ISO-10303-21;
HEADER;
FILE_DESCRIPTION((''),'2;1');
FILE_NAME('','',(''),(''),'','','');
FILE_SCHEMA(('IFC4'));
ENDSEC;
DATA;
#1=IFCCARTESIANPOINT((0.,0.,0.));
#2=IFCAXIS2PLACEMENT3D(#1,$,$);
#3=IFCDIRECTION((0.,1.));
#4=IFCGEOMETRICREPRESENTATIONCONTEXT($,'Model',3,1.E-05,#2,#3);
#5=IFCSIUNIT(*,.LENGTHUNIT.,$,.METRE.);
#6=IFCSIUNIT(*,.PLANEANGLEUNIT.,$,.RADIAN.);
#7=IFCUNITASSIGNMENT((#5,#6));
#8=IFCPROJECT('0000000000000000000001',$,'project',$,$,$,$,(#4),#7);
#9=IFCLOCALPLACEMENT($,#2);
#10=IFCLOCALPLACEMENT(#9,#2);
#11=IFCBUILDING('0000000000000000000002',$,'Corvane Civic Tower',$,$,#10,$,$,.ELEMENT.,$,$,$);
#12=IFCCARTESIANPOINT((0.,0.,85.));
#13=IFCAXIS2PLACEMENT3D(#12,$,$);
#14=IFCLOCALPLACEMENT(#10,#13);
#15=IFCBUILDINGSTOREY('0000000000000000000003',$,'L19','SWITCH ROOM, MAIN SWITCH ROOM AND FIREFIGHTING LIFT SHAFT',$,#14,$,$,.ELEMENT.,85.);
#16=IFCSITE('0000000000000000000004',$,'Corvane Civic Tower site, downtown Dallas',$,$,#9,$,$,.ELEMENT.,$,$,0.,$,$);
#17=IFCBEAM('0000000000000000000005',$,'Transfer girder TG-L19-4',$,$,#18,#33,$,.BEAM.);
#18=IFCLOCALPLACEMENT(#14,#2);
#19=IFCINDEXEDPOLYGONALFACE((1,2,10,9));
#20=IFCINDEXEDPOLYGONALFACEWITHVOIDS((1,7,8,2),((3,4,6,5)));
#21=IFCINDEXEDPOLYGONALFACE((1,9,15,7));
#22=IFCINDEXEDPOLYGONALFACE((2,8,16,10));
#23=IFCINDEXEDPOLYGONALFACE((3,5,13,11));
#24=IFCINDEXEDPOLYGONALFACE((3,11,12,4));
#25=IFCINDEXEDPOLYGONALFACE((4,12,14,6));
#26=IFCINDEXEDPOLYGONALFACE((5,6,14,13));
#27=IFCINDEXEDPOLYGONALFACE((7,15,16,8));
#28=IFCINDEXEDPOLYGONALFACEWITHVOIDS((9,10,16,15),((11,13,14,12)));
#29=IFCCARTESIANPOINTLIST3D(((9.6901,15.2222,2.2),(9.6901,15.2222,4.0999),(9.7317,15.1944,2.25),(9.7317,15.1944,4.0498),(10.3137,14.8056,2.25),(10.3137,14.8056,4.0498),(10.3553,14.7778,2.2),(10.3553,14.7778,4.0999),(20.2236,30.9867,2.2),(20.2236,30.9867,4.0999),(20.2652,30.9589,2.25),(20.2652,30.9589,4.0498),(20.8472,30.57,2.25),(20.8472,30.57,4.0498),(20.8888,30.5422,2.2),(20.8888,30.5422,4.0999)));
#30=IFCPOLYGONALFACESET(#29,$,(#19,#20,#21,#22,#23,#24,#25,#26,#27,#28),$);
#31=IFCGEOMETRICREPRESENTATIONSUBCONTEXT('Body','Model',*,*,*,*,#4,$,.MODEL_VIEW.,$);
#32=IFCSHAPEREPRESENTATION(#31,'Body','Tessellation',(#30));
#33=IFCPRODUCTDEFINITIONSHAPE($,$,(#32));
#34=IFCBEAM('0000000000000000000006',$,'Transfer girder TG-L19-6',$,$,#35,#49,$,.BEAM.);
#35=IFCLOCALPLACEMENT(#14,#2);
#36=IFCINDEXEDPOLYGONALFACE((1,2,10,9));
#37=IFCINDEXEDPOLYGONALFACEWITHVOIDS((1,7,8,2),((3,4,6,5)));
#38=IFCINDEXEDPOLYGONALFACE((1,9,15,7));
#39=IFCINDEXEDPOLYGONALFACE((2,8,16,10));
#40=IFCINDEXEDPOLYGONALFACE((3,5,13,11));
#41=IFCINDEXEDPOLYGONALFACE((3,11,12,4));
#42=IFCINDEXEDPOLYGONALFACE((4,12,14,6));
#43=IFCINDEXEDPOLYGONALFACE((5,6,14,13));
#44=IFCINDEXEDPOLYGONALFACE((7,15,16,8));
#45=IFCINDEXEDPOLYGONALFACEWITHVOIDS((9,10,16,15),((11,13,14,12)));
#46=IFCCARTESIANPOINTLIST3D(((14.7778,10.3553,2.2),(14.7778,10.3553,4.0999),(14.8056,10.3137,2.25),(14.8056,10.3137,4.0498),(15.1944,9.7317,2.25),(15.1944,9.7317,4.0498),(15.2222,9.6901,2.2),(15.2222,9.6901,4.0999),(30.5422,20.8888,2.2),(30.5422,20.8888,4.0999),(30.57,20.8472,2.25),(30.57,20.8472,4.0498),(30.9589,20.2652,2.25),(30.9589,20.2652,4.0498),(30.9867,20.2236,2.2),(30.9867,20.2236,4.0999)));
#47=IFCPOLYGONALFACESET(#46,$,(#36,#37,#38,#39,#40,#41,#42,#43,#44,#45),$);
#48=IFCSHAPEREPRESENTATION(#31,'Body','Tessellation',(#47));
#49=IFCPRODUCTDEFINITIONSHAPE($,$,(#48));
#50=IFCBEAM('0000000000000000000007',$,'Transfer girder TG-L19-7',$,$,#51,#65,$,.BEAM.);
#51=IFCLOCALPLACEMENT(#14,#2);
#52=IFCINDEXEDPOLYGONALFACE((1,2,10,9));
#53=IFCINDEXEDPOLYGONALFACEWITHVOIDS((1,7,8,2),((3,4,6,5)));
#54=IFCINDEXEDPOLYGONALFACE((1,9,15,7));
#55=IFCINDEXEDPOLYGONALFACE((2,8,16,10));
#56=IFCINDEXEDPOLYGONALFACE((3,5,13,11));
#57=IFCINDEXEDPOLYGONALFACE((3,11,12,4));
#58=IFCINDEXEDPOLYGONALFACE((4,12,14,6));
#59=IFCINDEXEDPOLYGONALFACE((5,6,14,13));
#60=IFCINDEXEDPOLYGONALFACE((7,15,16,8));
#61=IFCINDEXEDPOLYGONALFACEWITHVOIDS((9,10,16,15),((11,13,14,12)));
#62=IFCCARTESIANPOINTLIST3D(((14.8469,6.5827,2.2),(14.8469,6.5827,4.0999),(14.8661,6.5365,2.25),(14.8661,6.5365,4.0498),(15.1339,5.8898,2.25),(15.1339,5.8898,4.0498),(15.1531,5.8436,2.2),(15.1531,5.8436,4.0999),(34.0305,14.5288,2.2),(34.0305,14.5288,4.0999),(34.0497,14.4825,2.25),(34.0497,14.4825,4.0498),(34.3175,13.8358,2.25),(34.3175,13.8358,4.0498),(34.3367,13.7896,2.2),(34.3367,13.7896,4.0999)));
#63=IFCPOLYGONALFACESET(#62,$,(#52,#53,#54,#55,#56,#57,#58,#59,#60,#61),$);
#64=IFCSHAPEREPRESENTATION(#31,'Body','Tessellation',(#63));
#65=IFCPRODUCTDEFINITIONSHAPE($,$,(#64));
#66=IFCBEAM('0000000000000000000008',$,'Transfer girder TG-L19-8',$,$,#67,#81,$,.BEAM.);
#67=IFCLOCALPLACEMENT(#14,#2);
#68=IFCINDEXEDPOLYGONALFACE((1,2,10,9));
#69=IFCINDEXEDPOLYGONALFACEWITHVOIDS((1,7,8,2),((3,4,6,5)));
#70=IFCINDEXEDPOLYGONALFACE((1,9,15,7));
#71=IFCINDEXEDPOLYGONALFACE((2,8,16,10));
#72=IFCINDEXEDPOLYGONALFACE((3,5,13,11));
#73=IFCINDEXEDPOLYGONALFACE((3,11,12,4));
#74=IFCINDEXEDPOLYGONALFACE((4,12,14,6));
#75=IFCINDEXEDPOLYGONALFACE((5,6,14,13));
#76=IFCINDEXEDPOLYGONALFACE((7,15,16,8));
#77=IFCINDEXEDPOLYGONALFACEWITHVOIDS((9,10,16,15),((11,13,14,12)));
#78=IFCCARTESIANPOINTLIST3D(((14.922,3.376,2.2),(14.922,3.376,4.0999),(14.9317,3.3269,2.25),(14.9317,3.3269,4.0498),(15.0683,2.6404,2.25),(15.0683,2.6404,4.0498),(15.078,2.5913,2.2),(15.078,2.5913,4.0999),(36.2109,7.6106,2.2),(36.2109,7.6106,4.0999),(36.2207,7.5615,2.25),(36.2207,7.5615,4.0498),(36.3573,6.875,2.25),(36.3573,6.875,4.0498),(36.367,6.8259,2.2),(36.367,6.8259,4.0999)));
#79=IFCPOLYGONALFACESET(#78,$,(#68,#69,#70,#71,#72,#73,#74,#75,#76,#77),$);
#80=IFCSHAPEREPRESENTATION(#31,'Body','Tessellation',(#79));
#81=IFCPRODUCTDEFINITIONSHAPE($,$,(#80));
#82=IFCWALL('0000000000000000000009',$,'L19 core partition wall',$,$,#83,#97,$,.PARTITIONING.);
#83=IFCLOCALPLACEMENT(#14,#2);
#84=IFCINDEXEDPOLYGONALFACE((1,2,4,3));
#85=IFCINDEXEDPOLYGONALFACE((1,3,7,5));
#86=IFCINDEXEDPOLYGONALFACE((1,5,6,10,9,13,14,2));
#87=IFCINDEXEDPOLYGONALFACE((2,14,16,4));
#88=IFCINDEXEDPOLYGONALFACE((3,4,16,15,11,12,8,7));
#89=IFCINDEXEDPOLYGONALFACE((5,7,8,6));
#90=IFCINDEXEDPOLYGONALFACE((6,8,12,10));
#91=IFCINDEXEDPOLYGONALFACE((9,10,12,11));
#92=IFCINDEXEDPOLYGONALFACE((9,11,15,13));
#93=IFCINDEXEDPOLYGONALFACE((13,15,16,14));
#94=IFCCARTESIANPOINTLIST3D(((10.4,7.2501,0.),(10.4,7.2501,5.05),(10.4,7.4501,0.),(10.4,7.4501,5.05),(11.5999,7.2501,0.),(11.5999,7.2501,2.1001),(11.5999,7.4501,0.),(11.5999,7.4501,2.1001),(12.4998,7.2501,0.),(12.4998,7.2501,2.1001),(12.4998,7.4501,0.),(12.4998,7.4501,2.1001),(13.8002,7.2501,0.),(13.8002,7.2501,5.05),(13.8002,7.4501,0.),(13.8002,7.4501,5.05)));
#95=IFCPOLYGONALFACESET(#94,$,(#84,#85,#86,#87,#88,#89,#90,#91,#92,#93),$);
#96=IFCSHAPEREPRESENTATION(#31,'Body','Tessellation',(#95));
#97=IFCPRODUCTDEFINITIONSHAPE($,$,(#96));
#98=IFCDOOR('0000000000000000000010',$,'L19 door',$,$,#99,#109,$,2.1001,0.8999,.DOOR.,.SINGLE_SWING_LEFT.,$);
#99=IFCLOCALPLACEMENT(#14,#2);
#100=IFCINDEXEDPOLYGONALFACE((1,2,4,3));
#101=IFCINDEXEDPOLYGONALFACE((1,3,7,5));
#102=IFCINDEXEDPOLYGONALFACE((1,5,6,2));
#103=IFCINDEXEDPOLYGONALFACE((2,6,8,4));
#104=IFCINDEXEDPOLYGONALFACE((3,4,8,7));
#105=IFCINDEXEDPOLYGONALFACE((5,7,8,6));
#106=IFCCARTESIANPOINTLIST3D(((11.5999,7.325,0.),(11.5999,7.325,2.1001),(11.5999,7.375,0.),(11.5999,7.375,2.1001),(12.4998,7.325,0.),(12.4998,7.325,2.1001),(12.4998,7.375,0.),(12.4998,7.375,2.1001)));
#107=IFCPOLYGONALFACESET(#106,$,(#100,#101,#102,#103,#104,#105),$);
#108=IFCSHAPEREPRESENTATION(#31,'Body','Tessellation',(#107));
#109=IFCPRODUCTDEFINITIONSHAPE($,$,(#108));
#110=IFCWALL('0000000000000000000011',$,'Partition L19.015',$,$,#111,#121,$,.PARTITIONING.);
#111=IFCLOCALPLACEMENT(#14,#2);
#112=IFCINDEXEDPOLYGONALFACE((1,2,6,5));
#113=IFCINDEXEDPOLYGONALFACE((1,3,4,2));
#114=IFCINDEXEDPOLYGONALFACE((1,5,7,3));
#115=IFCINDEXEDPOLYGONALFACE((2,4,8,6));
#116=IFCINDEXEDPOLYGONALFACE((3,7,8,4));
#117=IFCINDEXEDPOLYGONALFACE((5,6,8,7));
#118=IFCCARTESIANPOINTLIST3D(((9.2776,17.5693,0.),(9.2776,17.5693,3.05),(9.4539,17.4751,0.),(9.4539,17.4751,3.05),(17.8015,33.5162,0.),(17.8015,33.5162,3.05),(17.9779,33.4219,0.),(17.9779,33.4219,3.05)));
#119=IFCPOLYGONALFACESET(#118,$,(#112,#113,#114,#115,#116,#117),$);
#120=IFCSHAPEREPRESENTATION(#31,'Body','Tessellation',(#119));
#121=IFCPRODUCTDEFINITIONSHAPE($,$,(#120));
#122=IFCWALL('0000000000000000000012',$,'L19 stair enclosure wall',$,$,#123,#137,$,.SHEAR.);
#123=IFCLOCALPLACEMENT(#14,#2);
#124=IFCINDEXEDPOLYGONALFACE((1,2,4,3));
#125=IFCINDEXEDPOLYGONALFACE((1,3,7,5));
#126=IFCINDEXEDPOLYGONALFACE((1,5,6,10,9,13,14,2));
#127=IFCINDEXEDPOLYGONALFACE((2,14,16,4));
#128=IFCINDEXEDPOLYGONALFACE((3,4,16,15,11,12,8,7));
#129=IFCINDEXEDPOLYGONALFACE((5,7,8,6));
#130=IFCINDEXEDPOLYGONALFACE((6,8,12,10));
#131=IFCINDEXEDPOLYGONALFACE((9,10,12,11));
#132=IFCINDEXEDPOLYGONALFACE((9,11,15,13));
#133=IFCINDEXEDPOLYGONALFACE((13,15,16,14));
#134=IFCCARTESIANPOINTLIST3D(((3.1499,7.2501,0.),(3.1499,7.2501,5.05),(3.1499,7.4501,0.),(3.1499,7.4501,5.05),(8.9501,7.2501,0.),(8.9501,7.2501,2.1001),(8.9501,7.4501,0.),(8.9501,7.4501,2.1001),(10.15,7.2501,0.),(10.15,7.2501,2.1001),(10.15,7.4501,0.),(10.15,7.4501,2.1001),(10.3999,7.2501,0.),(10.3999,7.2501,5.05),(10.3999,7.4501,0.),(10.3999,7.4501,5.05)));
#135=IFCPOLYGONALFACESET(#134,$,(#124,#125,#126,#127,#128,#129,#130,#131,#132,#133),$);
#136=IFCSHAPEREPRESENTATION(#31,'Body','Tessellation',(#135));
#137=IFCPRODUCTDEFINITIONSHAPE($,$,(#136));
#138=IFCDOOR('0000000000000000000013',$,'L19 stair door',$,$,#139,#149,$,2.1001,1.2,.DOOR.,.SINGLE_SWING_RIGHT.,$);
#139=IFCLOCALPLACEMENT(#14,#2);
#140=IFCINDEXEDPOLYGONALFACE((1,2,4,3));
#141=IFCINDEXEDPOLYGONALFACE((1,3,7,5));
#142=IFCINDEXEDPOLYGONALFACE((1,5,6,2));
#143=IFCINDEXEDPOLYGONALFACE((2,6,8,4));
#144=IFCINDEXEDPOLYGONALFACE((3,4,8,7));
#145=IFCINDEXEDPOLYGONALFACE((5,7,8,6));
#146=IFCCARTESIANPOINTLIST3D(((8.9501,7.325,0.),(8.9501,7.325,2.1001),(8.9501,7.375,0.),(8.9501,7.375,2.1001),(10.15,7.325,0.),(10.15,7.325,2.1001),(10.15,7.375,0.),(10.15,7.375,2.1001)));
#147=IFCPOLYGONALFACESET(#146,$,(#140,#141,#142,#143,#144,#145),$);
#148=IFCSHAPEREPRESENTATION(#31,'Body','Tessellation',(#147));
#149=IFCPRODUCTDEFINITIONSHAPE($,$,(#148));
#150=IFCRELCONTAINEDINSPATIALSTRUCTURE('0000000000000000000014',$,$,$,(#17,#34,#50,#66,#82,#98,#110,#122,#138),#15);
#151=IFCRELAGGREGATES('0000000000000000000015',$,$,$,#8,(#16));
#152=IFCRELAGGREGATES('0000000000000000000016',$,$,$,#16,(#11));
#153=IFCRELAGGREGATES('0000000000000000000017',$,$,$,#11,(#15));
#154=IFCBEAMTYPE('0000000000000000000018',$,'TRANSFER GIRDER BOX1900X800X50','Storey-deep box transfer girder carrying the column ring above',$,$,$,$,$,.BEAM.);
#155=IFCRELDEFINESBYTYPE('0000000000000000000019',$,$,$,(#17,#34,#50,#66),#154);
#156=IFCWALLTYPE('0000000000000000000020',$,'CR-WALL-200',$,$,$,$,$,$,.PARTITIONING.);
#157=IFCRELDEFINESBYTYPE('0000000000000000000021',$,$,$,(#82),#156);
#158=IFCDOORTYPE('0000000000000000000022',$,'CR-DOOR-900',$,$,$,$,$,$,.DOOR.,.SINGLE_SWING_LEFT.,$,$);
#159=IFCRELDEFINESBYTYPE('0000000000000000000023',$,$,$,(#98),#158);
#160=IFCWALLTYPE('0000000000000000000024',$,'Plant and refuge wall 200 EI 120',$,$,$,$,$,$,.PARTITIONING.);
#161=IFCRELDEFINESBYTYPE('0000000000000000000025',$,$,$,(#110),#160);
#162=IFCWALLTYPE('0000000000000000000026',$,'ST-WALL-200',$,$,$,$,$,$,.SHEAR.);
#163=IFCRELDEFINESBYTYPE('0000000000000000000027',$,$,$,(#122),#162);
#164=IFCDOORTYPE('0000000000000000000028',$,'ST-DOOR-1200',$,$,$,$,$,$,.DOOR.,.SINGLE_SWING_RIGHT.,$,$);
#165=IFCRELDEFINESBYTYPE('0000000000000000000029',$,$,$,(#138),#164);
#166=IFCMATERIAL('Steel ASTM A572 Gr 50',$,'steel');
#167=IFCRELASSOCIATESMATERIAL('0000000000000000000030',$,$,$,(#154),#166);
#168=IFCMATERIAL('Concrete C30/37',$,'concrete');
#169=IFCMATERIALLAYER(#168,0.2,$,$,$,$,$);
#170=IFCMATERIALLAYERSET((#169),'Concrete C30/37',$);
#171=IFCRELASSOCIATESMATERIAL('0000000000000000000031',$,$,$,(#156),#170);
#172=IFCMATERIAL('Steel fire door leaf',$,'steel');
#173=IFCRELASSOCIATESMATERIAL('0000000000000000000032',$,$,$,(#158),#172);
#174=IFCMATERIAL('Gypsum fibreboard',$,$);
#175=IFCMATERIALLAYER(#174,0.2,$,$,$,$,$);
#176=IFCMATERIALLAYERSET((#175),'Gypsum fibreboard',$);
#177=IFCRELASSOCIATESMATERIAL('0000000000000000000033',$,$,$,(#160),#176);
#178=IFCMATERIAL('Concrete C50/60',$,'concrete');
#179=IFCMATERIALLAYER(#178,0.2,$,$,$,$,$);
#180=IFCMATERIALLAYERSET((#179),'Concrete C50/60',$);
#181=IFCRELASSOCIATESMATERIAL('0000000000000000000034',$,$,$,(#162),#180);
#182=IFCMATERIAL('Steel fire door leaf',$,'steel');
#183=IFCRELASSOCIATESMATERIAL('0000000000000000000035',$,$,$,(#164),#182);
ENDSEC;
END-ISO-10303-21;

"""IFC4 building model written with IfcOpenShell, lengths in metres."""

from ifc_helpers import new_model, si_unit, direction, frame, frame_2d, origin, origin_2d, place, context, subcontext, project, spatial, rectangle, hollow_rectangle, extrude, material, layer, layer_set, material_profile, profile_set, type_object, element, fill, save


model = new_model("IFC4")

# Units and contexts
model_context = context("Model", 3, precision=1e-05, world=origin(), true_north=direction((0.0, 1.0)))
body_context = subcontext(model_context, "Body", "Model", "MODEL_VIEW")
ifc_project = project(units=[si_unit("LENGTHUNIT", "METRE"), si_unit("PLANEANGLEUNIT", "RADIAN")], contexts=[model_context])

# Site, building, storey
site_placement = place(None, origin())
site = spatial("IfcSite", under=ifc_project, at=site_placement, Name="Corvane Civic Tower site, downtown Dallas", CompositionType="ELEMENT", RefElevation=0.0)
building_placement = place(site_placement, origin())
building = spatial("IfcBuilding", under=site, at=building_placement, Name="Corvane Civic Tower", CompositionType="ELEMENT")
storey_placement = place(building_placement, frame((0.0, 0.0, 85.0)))
storey = spatial("IfcBuildingStorey", under=building, at=storey_placement, Name="L19", Description="SWITCH ROOM, MAIN SWITCH ROOM AND FIREFIGHTING LIFT SHAFT", CompositionType="ELEMENT", Elevation=85.0)

# Beams
ifc_material_1 = material(Name="Steel ASTM A572 Gr 50", Category="steel")
ifc_material_profile_1 = material_profile(ifc_material_1, hollow_rectangle(XDim=0.8, YDim=1.8999, WallThickness=0.05, at=origin_2d()), Name="BOX1900X800X50")
ifc_profile_set_1 = profile_set([ifc_material_profile_1], Name="Steel ASTM A572 Gr 50")
beam_type_1 = type_object("IfcBeamType", Name="TRANSFER GIRDER BOX1900X800X50", Description="Storey-deep box transfer girder carrying the column ring above", PredefinedType="BEAM", material=ifc_profile_set_1)
for number, where, z_axis, x_axis, name in (
    (1, (10.0227, 15.0, 3.1499), (0.555571, 0.831469, 0.0), (-0.831469, 0.555571, 0.0), "Transfer girder TG-L19-4"),
    (2, (15.0, 10.0227, 3.1499), (0.831469, 0.555571, 0.0), (-0.555571, 0.831469, 0.0), "Transfer girder TG-L19-6"),
):
    element("IfcBeam", number, at=place(storey_placement, frame(where, z_axis=z_axis, x_axis=x_axis)), inside=storey, type_object=beam_type_1, Name=name, PredefinedType="BEAM", context=body_context, shape_type="SweptSolid", body=[
        extrude(hollow_rectangle(XDim=0.8, YDim=1.8999, WallThickness=0.05, at=origin_2d()), origin(), (0.0, 0.0, 1.0), 18.9597),
    ])
beam_1_placement = place(storey_placement, frame((15.0, 6.2131, 3.1499), z_axis=(0.923881, 0.382681, 0.0), x_axis=(-0.382681, 0.923881, 0.0)))
element("IfcBeam", 3, at=beam_1_placement, inside=storey, type_object=beam_type_1, Name="Transfer girder TG-L19-7", PredefinedType="BEAM", context=body_context, shape_type="SweptSolid", body=[
    extrude(hollow_rectangle(XDim=0.8, YDim=1.8999, WallThickness=0.05, at=origin_2d()), origin(), (0.0, 0.0, 1.0), 20.7642),
])
beam_2_placement = place(storey_placement, frame((15.0, 2.9836, 3.1499), z_axis=(0.980786, 0.195089, 0.0), x_axis=(-0.195089, 0.980786, 0.0)))
element("IfcBeam", 4, at=beam_2_placement, inside=storey, type_object=beam_type_1, Name="Transfer girder TG-L19-8", PredefinedType="BEAM", context=body_context, shape_type="SweptSolid", body=[
    extrude(hollow_rectangle(XDim=0.8, YDim=1.8999, WallThickness=0.05, at=origin_2d()), origin(), (0.0, 0.0, 1.0), 21.7061),
])

# Wall, opening, door
ifc_material_2 = material(Name="Concrete C30/37", Category="concrete")
ifc_layer_1 = layer(ifc_material_2, 0.2)
ifc_layer_set_1 = layer_set([ifc_layer_1], Name="Concrete C30/37")
wall_type_1 = type_object("IfcWallType", Name="CR-WALL-200", PredefinedType="PARTITIONING", material=ifc_layer_set_1)
wall_1_placement = place(storey_placement, frame((10.3999, 7.3501, 0.0), z_axis=(0.0, 0.0, 1.0), x_axis=(1.0, 0.0, 0.0)))
wall_1 = element("IfcWall", 5, at=wall_1_placement, inside=storey, type_object=wall_type_1, Name="L19 core partition wall", PredefinedType="PARTITIONING", context=body_context, shape_type="SweptSolid", body=[
    extrude(rectangle(XDim=3.4001, YDim=0.2, at=frame_2d((1.7002, 0.0))), origin(), (0.0, 0.0, 1.0), 5.05),
])
opening_1_placement = place(wall_1_placement, frame((1.2, 0.0, 0.0)))
opening_1 = element("IfcOpeningElement", 6, at=opening_1_placement, cuts=wall_1, PredefinedType="OPENING", context=body_context, shape_type="SweptSolid", body=[
    extrude(rectangle(XDim=0.8999, YDim=2.1001, at=frame_2d((0.45, 1.05))), frame((0.0, 0.1099, 0.0), z_axis=(0.0, -1.0, 0.0), x_axis=(1.0, 0.0, 0.0)), (0.0, 0.0, 1.0), 0.22),
])
ifc_material_3 = material(Name="Steel fire door leaf", Category="steel")
door_type_1 = type_object("IfcDoorType", Name="CR-DOOR-900", OperationType="SINGLE_SWING_LEFT", PredefinedType="DOOR", material=ifc_material_3)
door_1_placement = place(opening_1_placement, origin())
door_1 = element("IfcDoor", 7, at=door_1_placement, inside=storey, type_object=door_type_1, Name="L19 door", OperationType="SINGLE_SWING_LEFT", OverallHeight=2.1001, OverallWidth=0.8999, PredefinedType="DOOR", context=body_context, shape_type="SweptSolid", body=[
    extrude(rectangle(XDim=0.8999, YDim=2.1001, at=frame_2d((0.45, 1.05))), frame((0.0, 0.0249, 0.0), z_axis=(0.0, -1.0, 0.0), x_axis=(1.0, 0.0, 0.0)), (0.0, 0.0, 1.0), 0.05),
])
fill(opening_1, door_1)

# Wall
ifc_material_4 = material(Name="Gypsum fibreboard")
ifc_layer_2 = layer(ifc_material_4, 0.2)
ifc_layer_set_2 = layer_set([ifc_layer_2], Name="Gypsum fibreboard")
wall_type_2 = type_object("IfcWallType", Name="Plant and refuge wall 200 EI 120", PredefinedType="PARTITIONING", material=ifc_layer_set_2)
wall_2_placement = place(storey_placement, frame((9.3657, 17.5222, 0.0), z_axis=(0.0, 0.0, 1.0), x_axis=(0.471405, 0.881917, 0.0)))
element("IfcWall", 8, at=wall_2_placement, inside=storey, type_object=wall_type_2, Name="Partition L19.015", PredefinedType="PARTITIONING", context=body_context, shape_type="SweptSolid", body=[
    extrude(rectangle(XDim=18.082, YDim=0.2, at=frame_2d((9.041, 0.0))), origin(), (0.0, 0.0, 1.0), 3.05),
])

# Wall, opening, door
ifc_material_5 = material(Name="Concrete C50/60", Category="concrete")
ifc_layer_3 = layer(ifc_material_5, 0.2)
ifc_layer_set_3 = layer_set([ifc_layer_3], Name="Concrete C50/60")
wall_type_3 = type_object("IfcWallType", Name="ST-WALL-200", PredefinedType="SHEAR", material=ifc_layer_set_3)
wall_3_placement = place(storey_placement, frame((3.1499, 7.3501, 0.0), z_axis=(0.0, 0.0, 1.0), x_axis=(1.0, 0.0, 0.0)))
wall_3 = element("IfcWall", 9, at=wall_3_placement, inside=storey, type_object=wall_type_3, Name="L19 stair enclosure wall", PredefinedType="SHEAR", context=body_context, shape_type="SweptSolid", body=[
    extrude(rectangle(XDim=7.25, YDim=0.2, at=frame_2d((3.625, 0.0))), origin(), (0.0, 0.0, 1.0), 5.05),
])
opening_2_placement = place(wall_3_placement, frame((5.8, 0.0, 0.0)))
opening_2 = element("IfcOpeningElement", 10, at=opening_2_placement, cuts=wall_3, PredefinedType="OPENING", context=body_context, shape_type="SweptSolid", body=[
    extrude(rectangle(XDim=1.2, YDim=2.1001, at=frame_2d((0.6001, 1.05))), frame((0.0, 0.1099, 0.0), z_axis=(0.0, -1.0, 0.0), x_axis=(1.0, 0.0, 0.0)), (0.0, 0.0, 1.0), 0.22),
])
ifc_material_6 = material(Name="Steel fire door leaf", Category="steel")
door_type_2 = type_object("IfcDoorType", Name="ST-DOOR-1200", OperationType="SINGLE_SWING_RIGHT", PredefinedType="DOOR", material=ifc_material_6)
door_2_placement = place(opening_2_placement, origin())
door_2 = element("IfcDoor", 11, at=door_2_placement, inside=storey, type_object=door_type_2, Name="L19 stair door", OperationType="SINGLE_SWING_RIGHT", OverallHeight=2.1001, OverallWidth=1.2, PredefinedType="DOOR", context=body_context, shape_type="SweptSolid", body=[
    extrude(rectangle(XDim=1.2, YDim=2.1001, at=frame_2d((0.6001, 1.05))), frame((0.0, 0.0249, 0.0), z_axis=(0.0, -1.0, 0.0), x_axis=(1.0, 0.0, 0.0)), (0.0, 0.0, 1.0), 0.05),
])
fill(opening_2, door_2)

save(model, "model.ifc")
